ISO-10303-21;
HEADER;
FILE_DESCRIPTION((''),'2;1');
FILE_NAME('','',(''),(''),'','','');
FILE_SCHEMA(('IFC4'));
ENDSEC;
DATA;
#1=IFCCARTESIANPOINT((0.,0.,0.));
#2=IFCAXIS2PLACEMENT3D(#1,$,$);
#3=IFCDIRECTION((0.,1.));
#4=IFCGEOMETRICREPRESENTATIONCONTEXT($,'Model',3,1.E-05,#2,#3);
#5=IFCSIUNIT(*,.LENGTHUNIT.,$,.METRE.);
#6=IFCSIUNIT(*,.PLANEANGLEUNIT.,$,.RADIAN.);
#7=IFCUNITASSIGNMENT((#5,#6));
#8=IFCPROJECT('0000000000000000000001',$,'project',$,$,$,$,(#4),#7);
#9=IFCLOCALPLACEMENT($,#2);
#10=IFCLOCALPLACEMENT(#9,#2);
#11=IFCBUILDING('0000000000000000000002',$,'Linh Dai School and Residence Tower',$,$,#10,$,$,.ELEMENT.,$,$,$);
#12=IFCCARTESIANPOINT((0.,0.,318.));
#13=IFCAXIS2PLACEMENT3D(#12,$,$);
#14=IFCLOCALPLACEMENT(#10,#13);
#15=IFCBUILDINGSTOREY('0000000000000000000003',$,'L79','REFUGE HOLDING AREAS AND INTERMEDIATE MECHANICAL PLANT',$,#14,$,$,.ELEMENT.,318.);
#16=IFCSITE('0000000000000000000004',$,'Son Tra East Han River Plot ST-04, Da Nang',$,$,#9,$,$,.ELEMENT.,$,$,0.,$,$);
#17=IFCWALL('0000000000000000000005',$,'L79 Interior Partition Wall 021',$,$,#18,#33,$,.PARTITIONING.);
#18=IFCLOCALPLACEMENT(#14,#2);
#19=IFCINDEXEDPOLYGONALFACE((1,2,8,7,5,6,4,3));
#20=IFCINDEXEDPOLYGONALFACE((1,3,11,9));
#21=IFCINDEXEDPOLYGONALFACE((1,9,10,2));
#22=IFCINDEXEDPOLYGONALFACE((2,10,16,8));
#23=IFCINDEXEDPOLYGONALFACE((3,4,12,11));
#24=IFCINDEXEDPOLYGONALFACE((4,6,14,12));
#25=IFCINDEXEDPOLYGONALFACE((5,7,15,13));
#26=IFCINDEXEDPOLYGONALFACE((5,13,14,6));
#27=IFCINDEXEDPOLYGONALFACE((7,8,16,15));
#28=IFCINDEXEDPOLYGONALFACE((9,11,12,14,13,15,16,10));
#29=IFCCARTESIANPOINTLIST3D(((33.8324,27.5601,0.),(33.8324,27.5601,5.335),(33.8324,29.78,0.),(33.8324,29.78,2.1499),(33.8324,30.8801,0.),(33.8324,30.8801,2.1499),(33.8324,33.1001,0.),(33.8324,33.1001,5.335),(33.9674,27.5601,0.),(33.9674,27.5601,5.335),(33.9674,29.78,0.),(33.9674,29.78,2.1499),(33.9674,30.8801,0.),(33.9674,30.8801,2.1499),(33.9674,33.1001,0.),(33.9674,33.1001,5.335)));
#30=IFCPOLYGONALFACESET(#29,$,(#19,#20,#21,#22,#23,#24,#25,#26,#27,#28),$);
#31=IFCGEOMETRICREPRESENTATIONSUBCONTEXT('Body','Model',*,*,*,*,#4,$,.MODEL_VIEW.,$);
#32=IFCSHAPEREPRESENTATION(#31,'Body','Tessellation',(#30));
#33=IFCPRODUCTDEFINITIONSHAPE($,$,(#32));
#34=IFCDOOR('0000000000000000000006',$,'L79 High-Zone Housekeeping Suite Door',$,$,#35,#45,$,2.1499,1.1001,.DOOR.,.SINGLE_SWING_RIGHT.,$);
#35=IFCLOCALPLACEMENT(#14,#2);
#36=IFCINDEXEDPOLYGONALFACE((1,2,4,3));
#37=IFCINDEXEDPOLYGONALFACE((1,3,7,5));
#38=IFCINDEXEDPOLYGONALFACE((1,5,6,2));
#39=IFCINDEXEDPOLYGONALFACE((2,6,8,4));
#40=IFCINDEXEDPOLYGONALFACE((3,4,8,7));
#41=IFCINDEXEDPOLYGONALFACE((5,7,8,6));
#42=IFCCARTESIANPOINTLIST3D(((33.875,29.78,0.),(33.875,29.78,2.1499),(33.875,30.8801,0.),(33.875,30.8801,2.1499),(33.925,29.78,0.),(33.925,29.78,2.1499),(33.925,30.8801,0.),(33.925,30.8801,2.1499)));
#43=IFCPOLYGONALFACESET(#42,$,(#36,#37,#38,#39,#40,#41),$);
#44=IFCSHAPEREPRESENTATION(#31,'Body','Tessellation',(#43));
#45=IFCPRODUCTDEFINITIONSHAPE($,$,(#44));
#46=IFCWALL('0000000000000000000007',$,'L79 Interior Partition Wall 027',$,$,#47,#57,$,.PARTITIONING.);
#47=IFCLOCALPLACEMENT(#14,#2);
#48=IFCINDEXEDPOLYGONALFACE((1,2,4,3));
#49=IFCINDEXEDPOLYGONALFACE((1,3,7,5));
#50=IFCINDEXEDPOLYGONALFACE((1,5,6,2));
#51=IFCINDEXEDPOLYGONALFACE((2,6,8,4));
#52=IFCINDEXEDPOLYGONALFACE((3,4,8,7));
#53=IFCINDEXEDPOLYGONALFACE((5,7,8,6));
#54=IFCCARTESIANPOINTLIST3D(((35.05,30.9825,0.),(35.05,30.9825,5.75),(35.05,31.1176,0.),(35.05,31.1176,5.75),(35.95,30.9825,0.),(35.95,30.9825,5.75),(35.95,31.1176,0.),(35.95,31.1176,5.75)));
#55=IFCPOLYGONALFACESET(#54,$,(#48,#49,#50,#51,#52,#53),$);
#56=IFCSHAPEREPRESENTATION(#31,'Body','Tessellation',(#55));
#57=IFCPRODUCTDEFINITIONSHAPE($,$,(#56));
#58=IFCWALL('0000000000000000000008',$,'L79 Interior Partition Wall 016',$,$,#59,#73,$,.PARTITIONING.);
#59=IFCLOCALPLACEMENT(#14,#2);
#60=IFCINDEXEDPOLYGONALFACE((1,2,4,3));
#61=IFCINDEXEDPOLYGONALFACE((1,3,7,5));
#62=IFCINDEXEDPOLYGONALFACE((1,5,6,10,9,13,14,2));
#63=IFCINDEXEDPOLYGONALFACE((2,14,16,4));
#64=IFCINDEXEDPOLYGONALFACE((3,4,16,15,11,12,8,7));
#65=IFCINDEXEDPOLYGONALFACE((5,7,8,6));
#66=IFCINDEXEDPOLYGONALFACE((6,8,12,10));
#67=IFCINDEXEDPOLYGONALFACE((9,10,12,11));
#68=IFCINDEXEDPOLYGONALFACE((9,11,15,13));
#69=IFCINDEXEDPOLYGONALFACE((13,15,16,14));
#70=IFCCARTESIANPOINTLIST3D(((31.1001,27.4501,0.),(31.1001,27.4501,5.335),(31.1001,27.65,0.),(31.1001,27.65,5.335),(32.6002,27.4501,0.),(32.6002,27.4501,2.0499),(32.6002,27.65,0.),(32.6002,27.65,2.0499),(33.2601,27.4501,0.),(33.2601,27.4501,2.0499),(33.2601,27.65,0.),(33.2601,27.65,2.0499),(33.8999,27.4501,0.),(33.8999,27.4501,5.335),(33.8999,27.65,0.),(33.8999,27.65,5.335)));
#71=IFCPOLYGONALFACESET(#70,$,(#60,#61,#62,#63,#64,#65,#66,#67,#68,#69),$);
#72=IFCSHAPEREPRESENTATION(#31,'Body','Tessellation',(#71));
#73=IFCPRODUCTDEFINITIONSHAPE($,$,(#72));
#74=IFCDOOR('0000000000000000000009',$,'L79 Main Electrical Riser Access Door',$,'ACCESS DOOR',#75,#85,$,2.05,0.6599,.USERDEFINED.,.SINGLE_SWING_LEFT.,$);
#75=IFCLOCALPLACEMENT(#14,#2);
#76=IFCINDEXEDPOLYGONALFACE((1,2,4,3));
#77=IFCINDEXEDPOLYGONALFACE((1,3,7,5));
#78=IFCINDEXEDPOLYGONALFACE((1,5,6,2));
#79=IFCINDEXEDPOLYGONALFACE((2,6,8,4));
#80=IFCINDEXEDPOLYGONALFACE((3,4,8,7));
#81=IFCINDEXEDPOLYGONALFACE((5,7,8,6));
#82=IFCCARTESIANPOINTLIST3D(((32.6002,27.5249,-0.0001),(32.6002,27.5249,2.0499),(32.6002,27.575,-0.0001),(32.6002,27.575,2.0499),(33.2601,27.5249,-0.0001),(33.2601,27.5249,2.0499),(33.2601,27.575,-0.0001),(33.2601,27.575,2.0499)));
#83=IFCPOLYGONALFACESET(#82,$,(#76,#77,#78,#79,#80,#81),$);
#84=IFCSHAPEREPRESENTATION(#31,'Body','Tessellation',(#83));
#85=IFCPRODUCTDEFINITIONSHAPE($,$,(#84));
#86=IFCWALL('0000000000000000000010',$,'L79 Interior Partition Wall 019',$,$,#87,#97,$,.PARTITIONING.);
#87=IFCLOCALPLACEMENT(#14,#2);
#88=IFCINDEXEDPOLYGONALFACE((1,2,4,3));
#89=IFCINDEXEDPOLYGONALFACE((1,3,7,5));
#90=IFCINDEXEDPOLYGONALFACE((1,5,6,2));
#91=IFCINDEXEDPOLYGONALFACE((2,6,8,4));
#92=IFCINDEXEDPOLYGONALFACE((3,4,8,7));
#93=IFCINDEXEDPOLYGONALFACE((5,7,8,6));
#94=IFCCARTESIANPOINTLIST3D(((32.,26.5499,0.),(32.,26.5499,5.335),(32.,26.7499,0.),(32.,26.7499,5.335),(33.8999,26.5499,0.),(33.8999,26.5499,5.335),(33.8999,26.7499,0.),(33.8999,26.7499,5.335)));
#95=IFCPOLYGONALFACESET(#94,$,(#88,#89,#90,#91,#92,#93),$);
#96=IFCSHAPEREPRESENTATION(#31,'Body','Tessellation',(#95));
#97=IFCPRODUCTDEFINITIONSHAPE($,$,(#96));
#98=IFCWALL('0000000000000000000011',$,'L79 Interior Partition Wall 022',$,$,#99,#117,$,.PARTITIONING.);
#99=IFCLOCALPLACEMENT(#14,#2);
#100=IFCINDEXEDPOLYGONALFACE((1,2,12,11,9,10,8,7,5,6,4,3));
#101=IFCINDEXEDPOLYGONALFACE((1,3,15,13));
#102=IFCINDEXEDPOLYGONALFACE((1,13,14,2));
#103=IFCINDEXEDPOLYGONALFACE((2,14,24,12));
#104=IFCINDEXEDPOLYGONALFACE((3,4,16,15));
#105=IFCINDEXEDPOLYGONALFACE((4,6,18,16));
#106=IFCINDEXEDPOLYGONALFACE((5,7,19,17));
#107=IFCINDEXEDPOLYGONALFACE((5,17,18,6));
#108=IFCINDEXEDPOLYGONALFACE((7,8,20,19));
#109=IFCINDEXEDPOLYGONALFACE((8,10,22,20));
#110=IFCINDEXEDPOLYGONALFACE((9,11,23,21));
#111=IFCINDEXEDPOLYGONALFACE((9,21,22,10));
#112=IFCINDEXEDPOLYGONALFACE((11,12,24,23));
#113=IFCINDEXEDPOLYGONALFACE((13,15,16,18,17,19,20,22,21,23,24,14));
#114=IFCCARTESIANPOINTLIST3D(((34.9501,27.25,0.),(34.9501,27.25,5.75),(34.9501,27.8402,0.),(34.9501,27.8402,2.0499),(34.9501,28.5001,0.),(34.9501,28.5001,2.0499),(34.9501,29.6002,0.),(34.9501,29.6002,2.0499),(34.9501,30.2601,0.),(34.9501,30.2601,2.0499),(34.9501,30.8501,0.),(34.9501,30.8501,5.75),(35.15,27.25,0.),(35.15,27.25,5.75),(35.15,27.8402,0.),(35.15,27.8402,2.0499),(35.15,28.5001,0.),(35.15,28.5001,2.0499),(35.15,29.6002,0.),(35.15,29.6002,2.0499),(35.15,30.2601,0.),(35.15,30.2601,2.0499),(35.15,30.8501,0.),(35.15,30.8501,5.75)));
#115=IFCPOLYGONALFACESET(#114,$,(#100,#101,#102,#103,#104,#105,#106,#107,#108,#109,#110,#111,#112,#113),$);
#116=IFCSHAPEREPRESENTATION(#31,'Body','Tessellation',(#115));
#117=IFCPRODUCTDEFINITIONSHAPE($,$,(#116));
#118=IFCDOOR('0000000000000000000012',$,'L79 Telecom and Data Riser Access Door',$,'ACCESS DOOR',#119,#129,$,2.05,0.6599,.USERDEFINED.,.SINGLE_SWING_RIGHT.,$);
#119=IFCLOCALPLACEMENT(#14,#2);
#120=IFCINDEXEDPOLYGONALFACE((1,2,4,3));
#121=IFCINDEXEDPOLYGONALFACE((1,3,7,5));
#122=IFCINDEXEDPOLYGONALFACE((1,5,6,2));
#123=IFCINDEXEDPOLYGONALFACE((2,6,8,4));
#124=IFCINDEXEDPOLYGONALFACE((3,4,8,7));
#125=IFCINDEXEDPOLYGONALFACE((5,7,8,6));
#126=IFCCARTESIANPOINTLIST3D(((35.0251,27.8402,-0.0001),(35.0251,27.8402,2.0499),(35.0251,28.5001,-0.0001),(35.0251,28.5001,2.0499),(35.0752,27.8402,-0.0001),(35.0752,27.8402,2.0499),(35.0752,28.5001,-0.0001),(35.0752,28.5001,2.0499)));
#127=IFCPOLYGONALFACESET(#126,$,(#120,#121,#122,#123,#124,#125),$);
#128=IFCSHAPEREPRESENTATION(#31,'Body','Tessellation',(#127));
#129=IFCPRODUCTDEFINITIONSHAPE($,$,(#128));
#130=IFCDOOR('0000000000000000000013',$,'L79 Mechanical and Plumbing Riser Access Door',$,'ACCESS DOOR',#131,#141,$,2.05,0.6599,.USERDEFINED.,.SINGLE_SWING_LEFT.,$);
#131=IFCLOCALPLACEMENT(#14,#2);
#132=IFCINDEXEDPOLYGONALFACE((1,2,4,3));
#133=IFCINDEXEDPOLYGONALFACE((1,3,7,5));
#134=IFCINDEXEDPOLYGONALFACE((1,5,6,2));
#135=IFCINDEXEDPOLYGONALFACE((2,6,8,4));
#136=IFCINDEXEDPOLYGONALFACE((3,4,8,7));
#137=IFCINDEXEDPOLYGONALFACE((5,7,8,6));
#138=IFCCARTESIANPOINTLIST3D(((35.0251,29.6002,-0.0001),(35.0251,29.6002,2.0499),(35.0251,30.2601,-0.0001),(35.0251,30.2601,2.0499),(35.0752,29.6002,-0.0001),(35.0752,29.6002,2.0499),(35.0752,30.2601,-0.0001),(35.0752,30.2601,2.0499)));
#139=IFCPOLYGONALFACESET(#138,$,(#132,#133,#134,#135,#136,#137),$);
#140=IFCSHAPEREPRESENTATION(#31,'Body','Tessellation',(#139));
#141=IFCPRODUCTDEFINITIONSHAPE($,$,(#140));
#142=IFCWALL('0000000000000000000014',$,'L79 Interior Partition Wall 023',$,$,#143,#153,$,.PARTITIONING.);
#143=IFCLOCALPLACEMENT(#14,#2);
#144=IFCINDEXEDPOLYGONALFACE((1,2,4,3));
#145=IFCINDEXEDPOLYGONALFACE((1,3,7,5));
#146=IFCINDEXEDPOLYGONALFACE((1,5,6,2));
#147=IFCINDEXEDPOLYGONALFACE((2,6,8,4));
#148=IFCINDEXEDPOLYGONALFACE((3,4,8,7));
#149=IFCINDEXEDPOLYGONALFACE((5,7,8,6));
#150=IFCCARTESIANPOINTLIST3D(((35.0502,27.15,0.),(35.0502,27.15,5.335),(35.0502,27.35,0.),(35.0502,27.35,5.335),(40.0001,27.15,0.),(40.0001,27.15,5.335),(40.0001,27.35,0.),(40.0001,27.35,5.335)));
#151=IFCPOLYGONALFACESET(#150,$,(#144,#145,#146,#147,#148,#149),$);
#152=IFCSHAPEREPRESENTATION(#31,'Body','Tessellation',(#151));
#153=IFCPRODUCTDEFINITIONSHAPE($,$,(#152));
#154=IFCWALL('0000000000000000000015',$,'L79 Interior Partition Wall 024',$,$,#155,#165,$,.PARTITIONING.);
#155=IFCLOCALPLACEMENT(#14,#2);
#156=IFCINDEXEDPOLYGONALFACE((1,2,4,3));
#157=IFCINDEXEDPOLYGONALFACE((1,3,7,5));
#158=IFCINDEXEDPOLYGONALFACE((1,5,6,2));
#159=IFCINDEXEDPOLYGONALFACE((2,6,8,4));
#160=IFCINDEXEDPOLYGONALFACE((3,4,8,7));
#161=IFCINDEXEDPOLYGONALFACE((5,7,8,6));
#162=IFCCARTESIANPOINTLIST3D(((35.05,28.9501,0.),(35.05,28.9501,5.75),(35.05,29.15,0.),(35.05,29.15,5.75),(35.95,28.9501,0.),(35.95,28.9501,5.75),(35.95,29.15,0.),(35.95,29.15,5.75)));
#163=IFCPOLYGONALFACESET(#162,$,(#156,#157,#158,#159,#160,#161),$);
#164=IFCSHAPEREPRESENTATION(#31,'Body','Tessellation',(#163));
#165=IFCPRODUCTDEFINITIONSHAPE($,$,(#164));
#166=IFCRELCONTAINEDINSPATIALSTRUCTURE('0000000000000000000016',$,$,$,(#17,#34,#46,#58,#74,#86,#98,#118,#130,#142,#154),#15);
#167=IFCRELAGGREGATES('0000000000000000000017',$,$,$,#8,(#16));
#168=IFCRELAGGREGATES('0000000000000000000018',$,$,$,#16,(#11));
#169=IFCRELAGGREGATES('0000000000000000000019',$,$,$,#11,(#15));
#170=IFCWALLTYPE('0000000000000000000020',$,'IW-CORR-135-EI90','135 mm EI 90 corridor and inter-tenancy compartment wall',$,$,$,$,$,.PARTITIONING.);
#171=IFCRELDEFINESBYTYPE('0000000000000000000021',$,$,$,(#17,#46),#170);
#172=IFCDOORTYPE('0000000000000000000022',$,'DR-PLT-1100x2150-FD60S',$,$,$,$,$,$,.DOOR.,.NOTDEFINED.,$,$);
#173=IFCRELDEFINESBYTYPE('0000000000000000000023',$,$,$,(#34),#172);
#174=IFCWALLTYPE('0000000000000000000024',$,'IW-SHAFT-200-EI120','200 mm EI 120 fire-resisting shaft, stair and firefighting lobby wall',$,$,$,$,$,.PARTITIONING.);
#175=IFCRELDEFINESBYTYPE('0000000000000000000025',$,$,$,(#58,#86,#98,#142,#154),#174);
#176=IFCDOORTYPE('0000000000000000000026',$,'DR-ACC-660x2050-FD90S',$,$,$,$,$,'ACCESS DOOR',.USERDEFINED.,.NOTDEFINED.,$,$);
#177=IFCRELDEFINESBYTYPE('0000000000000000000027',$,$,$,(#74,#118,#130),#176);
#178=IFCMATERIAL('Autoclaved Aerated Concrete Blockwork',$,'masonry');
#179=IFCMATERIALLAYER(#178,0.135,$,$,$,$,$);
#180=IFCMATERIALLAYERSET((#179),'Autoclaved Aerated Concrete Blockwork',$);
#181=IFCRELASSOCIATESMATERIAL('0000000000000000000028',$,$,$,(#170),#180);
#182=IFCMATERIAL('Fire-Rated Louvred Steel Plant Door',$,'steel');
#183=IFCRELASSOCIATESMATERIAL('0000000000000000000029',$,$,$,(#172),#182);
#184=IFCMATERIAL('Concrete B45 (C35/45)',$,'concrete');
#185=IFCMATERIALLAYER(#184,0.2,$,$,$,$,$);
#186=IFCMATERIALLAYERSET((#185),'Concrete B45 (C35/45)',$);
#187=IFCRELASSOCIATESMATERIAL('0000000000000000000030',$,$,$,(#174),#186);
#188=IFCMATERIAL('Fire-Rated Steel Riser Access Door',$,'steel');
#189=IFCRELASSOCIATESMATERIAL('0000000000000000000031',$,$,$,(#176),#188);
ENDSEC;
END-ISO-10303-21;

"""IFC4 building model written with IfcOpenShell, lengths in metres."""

from ifc_helpers import new_model, si_unit, direction, frame, frame_2d, origin, origin_2d, place, context, subcontext, project, spatial, rectangle, extrude, source, transform, mapped, material, layer, layer_set, type_object, element, fill, save


model = new_model("IFC4")

# Units and contexts
model_context = context("Model", 3, precision=1e-05, world=origin(), true_north=direction((0.0, 1.0)))
body_context = subcontext(model_context, "Body", "Model", "MODEL_VIEW")
ifc_project = project(units=[si_unit("LENGTHUNIT", "METRE"), si_unit("PLANEANGLEUNIT", "RADIAN")], contexts=[model_context])

# Site, building, storey
site_placement = place(None, origin())
site = spatial("IfcSite", under=ifc_project, at=site_placement, Name="Son Tra East Han River Plot ST-04, Da Nang", CompositionType="ELEMENT", RefElevation=0.0)
building_placement = place(site_placement, origin())
building = spatial("IfcBuilding", under=site, at=building_placement, Name="Linh Dai School and Residence Tower", CompositionType="ELEMENT")
storey_placement = place(building_placement, frame((0.0, 0.0, 318.0)))
storey = spatial("IfcBuildingStorey", under=building, at=storey_placement, Name="L79", Description="REFUGE HOLDING AREAS AND INTERMEDIATE MECHANICAL PLANT", CompositionType="ELEMENT", Elevation=318.0)

# Wall, opening, door
ifc_material_1 = material(Name="Autoclaved Aerated Concrete Blockwork", Category="masonry")
ifc_layer_1 = layer(ifc_material_1, 0.135)
ifc_layer_set_1 = layer_set([ifc_layer_1], Name="Autoclaved Aerated Concrete Blockwork")
wall_type_1 = type_object("IfcWallType", Name="IW-CORR-135-EI90", Description="135 mm EI 90 corridor and inter-tenancy compartment wall", PredefinedType="PARTITIONING", material=ifc_layer_set_1)
wall_1_placement = place(storey_placement, frame((33.8999, 27.5601, 0.0), z_axis=(0.0, 0.0, 1.0), x_axis=(0.0, 1.0, 0.0)))
wall_1 = element("IfcWall", 1, at=wall_1_placement, inside=storey, type_object=wall_type_1, Name="L79 Interior Partition Wall 021", PredefinedType="PARTITIONING", context=body_context, shape_type="SweptSolid", body=[
    extrude(rectangle(XDim=5.54, YDim=0.135, at=frame_2d((2.77, 0.0))), origin(), (0.0, 0.0, 1.0), 5.335),
])
opening_1_placement = place(wall_1_placement, frame((2.22, 0.0, 0.0)))
opening_1 = element("IfcOpeningElement", 2, at=opening_1_placement, cuts=wall_1, PredefinedType="OPENING", context=body_context, shape_type="SweptSolid", body=[
    extrude(rectangle(XDim=1.1001, YDim=2.1499, at=origin_2d()), frame((0.55, 0.0776, 1.075), z_axis=(0.0, -1.0, 0.0), x_axis=(1.0, 0.0, 0.0)), (0.0, 0.0, 1.0), 0.155),
])
ifc_material_2 = material(Name="Fire-Rated Louvred Steel Plant Door", Category="steel")
door_type_1 = type_object("IfcDoorType", Name="DR-PLT-1100x2150-FD60S", OperationType="NOTDEFINED", PredefinedType="DOOR", material=ifc_material_2)
shared_shape_1 = source(origin(), body_context, "Body", "SweptSolid", [
    extrude(rectangle(XDim=1.1001, YDim=2.1499, at=origin_2d()), frame((0.55, 0.0249, 1.075), z_axis=(0.0, -1.0, 0.0), x_axis=(1.0, 0.0, 0.0)), (0.0, 0.0, 1.0), 0.05),
])
door_1_placement = place(opening_1_placement, origin())
door_1 = element("IfcDoor", 3, at=door_1_placement, inside=storey, type_object=door_type_1, Name="L79 High-Zone Housekeeping Suite Door", OperationType="SINGLE_SWING_RIGHT", OverallHeight=2.1499, OverallWidth=1.1001, PredefinedType="DOOR", context=body_context, shape_type="MappedRepresentation", body=[
    mapped(shared_shape_1, transform((0.0, 0.0, 0.0), x_axis=(1.0, 0.0, 0.0), y_axis=(0.0, 1.0, 0.0), z_axis=(0.0, 0.0, 1.0), scale=1.0)),
])
fill(opening_1, door_1)

# Wall
wall_2_placement = place(storey_placement, frame((35.05, 31.05, 0.0), z_axis=(0.0, 0.0, 1.0), x_axis=(1.0, 0.0, 0.0)))
element("IfcWall", 4, at=wall_2_placement, inside=storey, type_object=wall_type_1, Name="L79 Interior Partition Wall 027", PredefinedType="PARTITIONING", context=body_context, shape_type="SweptSolid", body=[
    extrude(rectangle(XDim=0.8999, YDim=0.135, at=frame_2d((0.45, 0.0))), origin(), (0.0, 0.0, 1.0), 5.75),
])

# Wall, opening, door
ifc_material_3 = material(Name="Concrete B45 (C35/45)", Category="concrete")
ifc_layer_2 = layer(ifc_material_3, 0.2)
ifc_layer_set_2 = layer_set([ifc_layer_2], Name="Concrete B45 (C35/45)")
wall_type_2 = type_object("IfcWallType", Name="IW-SHAFT-200-EI120", Description="200 mm EI 120 fire-resisting shaft, stair and firefighting lobby wall", PredefinedType="PARTITIONING", material=ifc_layer_set_2)
wall_3_placement = place(storey_placement, frame((31.1001, 27.55, 0.0), z_axis=(0.0, 0.0, 1.0), x_axis=(1.0, 0.0, 0.0)))
wall_3 = element("IfcWall", 5, at=wall_3_placement, inside=storey, type_object=wall_type_2, Name="L79 Interior Partition Wall 016", PredefinedType="PARTITIONING", context=body_context, shape_type="SweptSolid", body=[
    extrude(rectangle(XDim=2.7998, YDim=0.2, at=frame_2d((1.3999, 0.0))), origin(), (0.0, 0.0, 1.0), 5.335),
])
opening_2_placement = place(wall_3_placement, frame((1.5, 0.0, 0.0)))
opening_2 = element("IfcOpeningElement", 6, at=opening_2_placement, cuts=wall_3, PredefinedType="OPENING", context=body_context, shape_type="SweptSolid", body=[
    extrude(rectangle(XDim=0.6599, YDim=2.05, at=origin_2d()), frame((0.3301, 0.1099, 1.0249), z_axis=(0.0, -1.0, 0.0), x_axis=(1.0, 0.0, 0.0)), (0.0, 0.0, 1.0), 0.22),
])
ifc_material_4 = material(Name="Fire-Rated Steel Riser Access Door", Category="steel")
door_type_2 = type_object("IfcDoorType", Name="DR-ACC-660x2050-FD90S", ElementType="ACCESS DOOR", OperationType="NOTDEFINED", PredefinedType="USERDEFINED", material=ifc_material_4)
shared_shape_2 = source(origin(), body_context, "Body", "SweptSolid", [
    extrude(rectangle(XDim=0.6599, YDim=2.05, at=origin_2d()), frame((0.3301, 0.0249, 1.0249), z_axis=(0.0, -1.0, 0.0), x_axis=(1.0, 0.0, 0.0)), (0.0, 0.0, 1.0), 0.05),
])
door_2_placement = place(opening_2_placement, origin())
door_2 = element("IfcDoor", 7, at=door_2_placement, inside=storey, type_object=door_type_2, Name="L79 Main Electrical Riser Access Door", ObjectType="ACCESS DOOR", OperationType="SINGLE_SWING_LEFT", OverallHeight=2.05, OverallWidth=0.6599, PredefinedType="USERDEFINED", context=body_context, shape_type="MappedRepresentation", body=[
    mapped(shared_shape_2, transform((0.0, 0.0, 0.0), x_axis=(1.0, 0.0, 0.0), y_axis=(0.0, 1.0, 0.0), z_axis=(0.0, 0.0, 1.0), scale=1.0)),
])
fill(opening_2, door_2)

# Wall
wall_4_placement = place(storey_placement, frame((32.0, 26.6499, 0.0), z_axis=(0.0, 0.0, 1.0), x_axis=(1.0, 0.0, 0.0)))
element("IfcWall", 8, at=wall_4_placement, inside=storey, type_object=wall_type_2, Name="L79 Interior Partition Wall 019", PredefinedType="PARTITIONING", context=body_context, shape_type="SweptSolid", body=[
    extrude(rectangle(XDim=1.8999, YDim=0.2, at=frame_2d((0.95, 0.0))), origin(), (0.0, 0.0, 1.0), 5.335),
])

# Wall, openings, doors
wall_5_placement = place(storey_placement, frame((35.05, 27.25, 0.0), z_axis=(0.0, 0.0, 1.0), x_axis=(0.0, 1.0, 0.0)))
wall_5 = element("IfcWall", 9, at=wall_5_placement, inside=storey, type_object=wall_type_2, Name="L79 Interior Partition Wall 022", PredefinedType="PARTITIONING", context=body_context, shape_type="SweptSolid", body=[
    extrude(rectangle(XDim=3.6001, YDim=0.2, at=frame_2d((1.8, 0.0))), origin(), (0.0, 0.0, 1.0), 5.75),
])
opening_3_placement = place(wall_5_placement, frame((0.5901, 0.0, 0.0)))
opening_3 = element("IfcOpeningElement", 10, at=opening_3_placement, cuts=wall_5, PredefinedType="OPENING", context=body_context, shape_type="SweptSolid", body=[
    extrude(rectangle(XDim=0.6599, YDim=2.05, at=origin_2d()), frame((0.3301, 0.1099, 1.0249), z_axis=(0.0, -1.0, 0.0), x_axis=(1.0, 0.0, 0.0)), (0.0, 0.0, 1.0), 0.22),
])
opening_4_placement = place(wall_5_placement, frame((2.3501, 0.0, 0.0)))
opening_4 = element("IfcOpeningElement", 11, at=opening_4_placement, cuts=wall_5, PredefinedType="OPENING", context=body_context, shape_type="SweptSolid", body=[
    extrude(rectangle(XDim=0.6599, YDim=2.05, at=origin_2d()), frame((0.3301, 0.1099, 1.0249), z_axis=(0.0, -1.0, 0.0), x_axis=(1.0, 0.0, 0.0)), (0.0, 0.0, 1.0), 0.22),
])
door_3_placement = place(opening_3_placement, origin())
door_3 = element("IfcDoor", 12, at=door_3_placement, inside=storey, type_object=door_type_2, Name="L79 Telecom and Data Riser Access Door", ObjectType="ACCESS DOOR", OperationType="SINGLE_SWING_RIGHT", OverallHeight=2.05, OverallWidth=0.6599, PredefinedType="USERDEFINED", context=body_context, shape_type="MappedRepresentation", body=[
    mapped(shared_shape_2, transform((0.0, 0.0, 0.0), x_axis=(1.0, 0.0, 0.0), y_axis=(0.0, 1.0, 0.0), z_axis=(0.0, 0.0, 1.0), scale=1.0)),
])
fill(opening_3, door_3)
door_4_placement = place(opening_4_placement, origin())
door_4 = element("IfcDoor", 13, at=door_4_placement, inside=storey, type_object=door_type_2, Name="L79 Mechanical and Plumbing Riser Access Door", ObjectType="ACCESS DOOR", OperationType="SINGLE_SWING_LEFT", OverallHeight=2.05, OverallWidth=0.6599, PredefinedType="USERDEFINED", context=body_context, shape_type="MappedRepresentation", body=[
    mapped(shared_shape_2, transform((0.0, 0.0, 0.0), x_axis=(1.0, 0.0, 0.0), y_axis=(0.0, 1.0, 0.0), z_axis=(0.0, 0.0, 1.0), scale=1.0)),
])
fill(opening_4, door_4)

# Walls
wall_6_placement = place(storey_placement, frame((35.05, 27.25, 0.0), z_axis=(0.0, 0.0, 1.0), x_axis=(1.0, 0.0, 0.0)))
element("IfcWall", 14, at=wall_6_placement, inside=storey, type_object=wall_type_2, Name="L79 Interior Partition Wall 023", PredefinedType="PARTITIONING", context=body_context, shape_type="SweptSolid", body=[
    extrude(rectangle(XDim=4.95, YDim=0.2, at=frame_2d((2.4751, 0.0))), origin(), (0.0, 0.0, 1.0), 5.335),
])
for number, where, z_axis, x_axis, name in (
    (15, (35.05, 29.05, 0.0), (0.0, 0.0, 1.0), (1.0, 0.0, 0.0), "L79 Interior Partition Wall 024"),
):
    element("IfcWall", number, at=place(storey_placement, frame(where, z_axis=z_axis, x_axis=x_axis)), inside=storey, type_object=wall_type_2, Name=name, PredefinedType="PARTITIONING", context=body_context, shape_type="SweptSolid", body=[
        extrude(rectangle(XDim=0.8999, YDim=0.2, at=frame_2d((0.45, 0.0))), origin(), (0.0, 0.0, 1.0), 5.75),
    ])

save(model, "model.ifc")
